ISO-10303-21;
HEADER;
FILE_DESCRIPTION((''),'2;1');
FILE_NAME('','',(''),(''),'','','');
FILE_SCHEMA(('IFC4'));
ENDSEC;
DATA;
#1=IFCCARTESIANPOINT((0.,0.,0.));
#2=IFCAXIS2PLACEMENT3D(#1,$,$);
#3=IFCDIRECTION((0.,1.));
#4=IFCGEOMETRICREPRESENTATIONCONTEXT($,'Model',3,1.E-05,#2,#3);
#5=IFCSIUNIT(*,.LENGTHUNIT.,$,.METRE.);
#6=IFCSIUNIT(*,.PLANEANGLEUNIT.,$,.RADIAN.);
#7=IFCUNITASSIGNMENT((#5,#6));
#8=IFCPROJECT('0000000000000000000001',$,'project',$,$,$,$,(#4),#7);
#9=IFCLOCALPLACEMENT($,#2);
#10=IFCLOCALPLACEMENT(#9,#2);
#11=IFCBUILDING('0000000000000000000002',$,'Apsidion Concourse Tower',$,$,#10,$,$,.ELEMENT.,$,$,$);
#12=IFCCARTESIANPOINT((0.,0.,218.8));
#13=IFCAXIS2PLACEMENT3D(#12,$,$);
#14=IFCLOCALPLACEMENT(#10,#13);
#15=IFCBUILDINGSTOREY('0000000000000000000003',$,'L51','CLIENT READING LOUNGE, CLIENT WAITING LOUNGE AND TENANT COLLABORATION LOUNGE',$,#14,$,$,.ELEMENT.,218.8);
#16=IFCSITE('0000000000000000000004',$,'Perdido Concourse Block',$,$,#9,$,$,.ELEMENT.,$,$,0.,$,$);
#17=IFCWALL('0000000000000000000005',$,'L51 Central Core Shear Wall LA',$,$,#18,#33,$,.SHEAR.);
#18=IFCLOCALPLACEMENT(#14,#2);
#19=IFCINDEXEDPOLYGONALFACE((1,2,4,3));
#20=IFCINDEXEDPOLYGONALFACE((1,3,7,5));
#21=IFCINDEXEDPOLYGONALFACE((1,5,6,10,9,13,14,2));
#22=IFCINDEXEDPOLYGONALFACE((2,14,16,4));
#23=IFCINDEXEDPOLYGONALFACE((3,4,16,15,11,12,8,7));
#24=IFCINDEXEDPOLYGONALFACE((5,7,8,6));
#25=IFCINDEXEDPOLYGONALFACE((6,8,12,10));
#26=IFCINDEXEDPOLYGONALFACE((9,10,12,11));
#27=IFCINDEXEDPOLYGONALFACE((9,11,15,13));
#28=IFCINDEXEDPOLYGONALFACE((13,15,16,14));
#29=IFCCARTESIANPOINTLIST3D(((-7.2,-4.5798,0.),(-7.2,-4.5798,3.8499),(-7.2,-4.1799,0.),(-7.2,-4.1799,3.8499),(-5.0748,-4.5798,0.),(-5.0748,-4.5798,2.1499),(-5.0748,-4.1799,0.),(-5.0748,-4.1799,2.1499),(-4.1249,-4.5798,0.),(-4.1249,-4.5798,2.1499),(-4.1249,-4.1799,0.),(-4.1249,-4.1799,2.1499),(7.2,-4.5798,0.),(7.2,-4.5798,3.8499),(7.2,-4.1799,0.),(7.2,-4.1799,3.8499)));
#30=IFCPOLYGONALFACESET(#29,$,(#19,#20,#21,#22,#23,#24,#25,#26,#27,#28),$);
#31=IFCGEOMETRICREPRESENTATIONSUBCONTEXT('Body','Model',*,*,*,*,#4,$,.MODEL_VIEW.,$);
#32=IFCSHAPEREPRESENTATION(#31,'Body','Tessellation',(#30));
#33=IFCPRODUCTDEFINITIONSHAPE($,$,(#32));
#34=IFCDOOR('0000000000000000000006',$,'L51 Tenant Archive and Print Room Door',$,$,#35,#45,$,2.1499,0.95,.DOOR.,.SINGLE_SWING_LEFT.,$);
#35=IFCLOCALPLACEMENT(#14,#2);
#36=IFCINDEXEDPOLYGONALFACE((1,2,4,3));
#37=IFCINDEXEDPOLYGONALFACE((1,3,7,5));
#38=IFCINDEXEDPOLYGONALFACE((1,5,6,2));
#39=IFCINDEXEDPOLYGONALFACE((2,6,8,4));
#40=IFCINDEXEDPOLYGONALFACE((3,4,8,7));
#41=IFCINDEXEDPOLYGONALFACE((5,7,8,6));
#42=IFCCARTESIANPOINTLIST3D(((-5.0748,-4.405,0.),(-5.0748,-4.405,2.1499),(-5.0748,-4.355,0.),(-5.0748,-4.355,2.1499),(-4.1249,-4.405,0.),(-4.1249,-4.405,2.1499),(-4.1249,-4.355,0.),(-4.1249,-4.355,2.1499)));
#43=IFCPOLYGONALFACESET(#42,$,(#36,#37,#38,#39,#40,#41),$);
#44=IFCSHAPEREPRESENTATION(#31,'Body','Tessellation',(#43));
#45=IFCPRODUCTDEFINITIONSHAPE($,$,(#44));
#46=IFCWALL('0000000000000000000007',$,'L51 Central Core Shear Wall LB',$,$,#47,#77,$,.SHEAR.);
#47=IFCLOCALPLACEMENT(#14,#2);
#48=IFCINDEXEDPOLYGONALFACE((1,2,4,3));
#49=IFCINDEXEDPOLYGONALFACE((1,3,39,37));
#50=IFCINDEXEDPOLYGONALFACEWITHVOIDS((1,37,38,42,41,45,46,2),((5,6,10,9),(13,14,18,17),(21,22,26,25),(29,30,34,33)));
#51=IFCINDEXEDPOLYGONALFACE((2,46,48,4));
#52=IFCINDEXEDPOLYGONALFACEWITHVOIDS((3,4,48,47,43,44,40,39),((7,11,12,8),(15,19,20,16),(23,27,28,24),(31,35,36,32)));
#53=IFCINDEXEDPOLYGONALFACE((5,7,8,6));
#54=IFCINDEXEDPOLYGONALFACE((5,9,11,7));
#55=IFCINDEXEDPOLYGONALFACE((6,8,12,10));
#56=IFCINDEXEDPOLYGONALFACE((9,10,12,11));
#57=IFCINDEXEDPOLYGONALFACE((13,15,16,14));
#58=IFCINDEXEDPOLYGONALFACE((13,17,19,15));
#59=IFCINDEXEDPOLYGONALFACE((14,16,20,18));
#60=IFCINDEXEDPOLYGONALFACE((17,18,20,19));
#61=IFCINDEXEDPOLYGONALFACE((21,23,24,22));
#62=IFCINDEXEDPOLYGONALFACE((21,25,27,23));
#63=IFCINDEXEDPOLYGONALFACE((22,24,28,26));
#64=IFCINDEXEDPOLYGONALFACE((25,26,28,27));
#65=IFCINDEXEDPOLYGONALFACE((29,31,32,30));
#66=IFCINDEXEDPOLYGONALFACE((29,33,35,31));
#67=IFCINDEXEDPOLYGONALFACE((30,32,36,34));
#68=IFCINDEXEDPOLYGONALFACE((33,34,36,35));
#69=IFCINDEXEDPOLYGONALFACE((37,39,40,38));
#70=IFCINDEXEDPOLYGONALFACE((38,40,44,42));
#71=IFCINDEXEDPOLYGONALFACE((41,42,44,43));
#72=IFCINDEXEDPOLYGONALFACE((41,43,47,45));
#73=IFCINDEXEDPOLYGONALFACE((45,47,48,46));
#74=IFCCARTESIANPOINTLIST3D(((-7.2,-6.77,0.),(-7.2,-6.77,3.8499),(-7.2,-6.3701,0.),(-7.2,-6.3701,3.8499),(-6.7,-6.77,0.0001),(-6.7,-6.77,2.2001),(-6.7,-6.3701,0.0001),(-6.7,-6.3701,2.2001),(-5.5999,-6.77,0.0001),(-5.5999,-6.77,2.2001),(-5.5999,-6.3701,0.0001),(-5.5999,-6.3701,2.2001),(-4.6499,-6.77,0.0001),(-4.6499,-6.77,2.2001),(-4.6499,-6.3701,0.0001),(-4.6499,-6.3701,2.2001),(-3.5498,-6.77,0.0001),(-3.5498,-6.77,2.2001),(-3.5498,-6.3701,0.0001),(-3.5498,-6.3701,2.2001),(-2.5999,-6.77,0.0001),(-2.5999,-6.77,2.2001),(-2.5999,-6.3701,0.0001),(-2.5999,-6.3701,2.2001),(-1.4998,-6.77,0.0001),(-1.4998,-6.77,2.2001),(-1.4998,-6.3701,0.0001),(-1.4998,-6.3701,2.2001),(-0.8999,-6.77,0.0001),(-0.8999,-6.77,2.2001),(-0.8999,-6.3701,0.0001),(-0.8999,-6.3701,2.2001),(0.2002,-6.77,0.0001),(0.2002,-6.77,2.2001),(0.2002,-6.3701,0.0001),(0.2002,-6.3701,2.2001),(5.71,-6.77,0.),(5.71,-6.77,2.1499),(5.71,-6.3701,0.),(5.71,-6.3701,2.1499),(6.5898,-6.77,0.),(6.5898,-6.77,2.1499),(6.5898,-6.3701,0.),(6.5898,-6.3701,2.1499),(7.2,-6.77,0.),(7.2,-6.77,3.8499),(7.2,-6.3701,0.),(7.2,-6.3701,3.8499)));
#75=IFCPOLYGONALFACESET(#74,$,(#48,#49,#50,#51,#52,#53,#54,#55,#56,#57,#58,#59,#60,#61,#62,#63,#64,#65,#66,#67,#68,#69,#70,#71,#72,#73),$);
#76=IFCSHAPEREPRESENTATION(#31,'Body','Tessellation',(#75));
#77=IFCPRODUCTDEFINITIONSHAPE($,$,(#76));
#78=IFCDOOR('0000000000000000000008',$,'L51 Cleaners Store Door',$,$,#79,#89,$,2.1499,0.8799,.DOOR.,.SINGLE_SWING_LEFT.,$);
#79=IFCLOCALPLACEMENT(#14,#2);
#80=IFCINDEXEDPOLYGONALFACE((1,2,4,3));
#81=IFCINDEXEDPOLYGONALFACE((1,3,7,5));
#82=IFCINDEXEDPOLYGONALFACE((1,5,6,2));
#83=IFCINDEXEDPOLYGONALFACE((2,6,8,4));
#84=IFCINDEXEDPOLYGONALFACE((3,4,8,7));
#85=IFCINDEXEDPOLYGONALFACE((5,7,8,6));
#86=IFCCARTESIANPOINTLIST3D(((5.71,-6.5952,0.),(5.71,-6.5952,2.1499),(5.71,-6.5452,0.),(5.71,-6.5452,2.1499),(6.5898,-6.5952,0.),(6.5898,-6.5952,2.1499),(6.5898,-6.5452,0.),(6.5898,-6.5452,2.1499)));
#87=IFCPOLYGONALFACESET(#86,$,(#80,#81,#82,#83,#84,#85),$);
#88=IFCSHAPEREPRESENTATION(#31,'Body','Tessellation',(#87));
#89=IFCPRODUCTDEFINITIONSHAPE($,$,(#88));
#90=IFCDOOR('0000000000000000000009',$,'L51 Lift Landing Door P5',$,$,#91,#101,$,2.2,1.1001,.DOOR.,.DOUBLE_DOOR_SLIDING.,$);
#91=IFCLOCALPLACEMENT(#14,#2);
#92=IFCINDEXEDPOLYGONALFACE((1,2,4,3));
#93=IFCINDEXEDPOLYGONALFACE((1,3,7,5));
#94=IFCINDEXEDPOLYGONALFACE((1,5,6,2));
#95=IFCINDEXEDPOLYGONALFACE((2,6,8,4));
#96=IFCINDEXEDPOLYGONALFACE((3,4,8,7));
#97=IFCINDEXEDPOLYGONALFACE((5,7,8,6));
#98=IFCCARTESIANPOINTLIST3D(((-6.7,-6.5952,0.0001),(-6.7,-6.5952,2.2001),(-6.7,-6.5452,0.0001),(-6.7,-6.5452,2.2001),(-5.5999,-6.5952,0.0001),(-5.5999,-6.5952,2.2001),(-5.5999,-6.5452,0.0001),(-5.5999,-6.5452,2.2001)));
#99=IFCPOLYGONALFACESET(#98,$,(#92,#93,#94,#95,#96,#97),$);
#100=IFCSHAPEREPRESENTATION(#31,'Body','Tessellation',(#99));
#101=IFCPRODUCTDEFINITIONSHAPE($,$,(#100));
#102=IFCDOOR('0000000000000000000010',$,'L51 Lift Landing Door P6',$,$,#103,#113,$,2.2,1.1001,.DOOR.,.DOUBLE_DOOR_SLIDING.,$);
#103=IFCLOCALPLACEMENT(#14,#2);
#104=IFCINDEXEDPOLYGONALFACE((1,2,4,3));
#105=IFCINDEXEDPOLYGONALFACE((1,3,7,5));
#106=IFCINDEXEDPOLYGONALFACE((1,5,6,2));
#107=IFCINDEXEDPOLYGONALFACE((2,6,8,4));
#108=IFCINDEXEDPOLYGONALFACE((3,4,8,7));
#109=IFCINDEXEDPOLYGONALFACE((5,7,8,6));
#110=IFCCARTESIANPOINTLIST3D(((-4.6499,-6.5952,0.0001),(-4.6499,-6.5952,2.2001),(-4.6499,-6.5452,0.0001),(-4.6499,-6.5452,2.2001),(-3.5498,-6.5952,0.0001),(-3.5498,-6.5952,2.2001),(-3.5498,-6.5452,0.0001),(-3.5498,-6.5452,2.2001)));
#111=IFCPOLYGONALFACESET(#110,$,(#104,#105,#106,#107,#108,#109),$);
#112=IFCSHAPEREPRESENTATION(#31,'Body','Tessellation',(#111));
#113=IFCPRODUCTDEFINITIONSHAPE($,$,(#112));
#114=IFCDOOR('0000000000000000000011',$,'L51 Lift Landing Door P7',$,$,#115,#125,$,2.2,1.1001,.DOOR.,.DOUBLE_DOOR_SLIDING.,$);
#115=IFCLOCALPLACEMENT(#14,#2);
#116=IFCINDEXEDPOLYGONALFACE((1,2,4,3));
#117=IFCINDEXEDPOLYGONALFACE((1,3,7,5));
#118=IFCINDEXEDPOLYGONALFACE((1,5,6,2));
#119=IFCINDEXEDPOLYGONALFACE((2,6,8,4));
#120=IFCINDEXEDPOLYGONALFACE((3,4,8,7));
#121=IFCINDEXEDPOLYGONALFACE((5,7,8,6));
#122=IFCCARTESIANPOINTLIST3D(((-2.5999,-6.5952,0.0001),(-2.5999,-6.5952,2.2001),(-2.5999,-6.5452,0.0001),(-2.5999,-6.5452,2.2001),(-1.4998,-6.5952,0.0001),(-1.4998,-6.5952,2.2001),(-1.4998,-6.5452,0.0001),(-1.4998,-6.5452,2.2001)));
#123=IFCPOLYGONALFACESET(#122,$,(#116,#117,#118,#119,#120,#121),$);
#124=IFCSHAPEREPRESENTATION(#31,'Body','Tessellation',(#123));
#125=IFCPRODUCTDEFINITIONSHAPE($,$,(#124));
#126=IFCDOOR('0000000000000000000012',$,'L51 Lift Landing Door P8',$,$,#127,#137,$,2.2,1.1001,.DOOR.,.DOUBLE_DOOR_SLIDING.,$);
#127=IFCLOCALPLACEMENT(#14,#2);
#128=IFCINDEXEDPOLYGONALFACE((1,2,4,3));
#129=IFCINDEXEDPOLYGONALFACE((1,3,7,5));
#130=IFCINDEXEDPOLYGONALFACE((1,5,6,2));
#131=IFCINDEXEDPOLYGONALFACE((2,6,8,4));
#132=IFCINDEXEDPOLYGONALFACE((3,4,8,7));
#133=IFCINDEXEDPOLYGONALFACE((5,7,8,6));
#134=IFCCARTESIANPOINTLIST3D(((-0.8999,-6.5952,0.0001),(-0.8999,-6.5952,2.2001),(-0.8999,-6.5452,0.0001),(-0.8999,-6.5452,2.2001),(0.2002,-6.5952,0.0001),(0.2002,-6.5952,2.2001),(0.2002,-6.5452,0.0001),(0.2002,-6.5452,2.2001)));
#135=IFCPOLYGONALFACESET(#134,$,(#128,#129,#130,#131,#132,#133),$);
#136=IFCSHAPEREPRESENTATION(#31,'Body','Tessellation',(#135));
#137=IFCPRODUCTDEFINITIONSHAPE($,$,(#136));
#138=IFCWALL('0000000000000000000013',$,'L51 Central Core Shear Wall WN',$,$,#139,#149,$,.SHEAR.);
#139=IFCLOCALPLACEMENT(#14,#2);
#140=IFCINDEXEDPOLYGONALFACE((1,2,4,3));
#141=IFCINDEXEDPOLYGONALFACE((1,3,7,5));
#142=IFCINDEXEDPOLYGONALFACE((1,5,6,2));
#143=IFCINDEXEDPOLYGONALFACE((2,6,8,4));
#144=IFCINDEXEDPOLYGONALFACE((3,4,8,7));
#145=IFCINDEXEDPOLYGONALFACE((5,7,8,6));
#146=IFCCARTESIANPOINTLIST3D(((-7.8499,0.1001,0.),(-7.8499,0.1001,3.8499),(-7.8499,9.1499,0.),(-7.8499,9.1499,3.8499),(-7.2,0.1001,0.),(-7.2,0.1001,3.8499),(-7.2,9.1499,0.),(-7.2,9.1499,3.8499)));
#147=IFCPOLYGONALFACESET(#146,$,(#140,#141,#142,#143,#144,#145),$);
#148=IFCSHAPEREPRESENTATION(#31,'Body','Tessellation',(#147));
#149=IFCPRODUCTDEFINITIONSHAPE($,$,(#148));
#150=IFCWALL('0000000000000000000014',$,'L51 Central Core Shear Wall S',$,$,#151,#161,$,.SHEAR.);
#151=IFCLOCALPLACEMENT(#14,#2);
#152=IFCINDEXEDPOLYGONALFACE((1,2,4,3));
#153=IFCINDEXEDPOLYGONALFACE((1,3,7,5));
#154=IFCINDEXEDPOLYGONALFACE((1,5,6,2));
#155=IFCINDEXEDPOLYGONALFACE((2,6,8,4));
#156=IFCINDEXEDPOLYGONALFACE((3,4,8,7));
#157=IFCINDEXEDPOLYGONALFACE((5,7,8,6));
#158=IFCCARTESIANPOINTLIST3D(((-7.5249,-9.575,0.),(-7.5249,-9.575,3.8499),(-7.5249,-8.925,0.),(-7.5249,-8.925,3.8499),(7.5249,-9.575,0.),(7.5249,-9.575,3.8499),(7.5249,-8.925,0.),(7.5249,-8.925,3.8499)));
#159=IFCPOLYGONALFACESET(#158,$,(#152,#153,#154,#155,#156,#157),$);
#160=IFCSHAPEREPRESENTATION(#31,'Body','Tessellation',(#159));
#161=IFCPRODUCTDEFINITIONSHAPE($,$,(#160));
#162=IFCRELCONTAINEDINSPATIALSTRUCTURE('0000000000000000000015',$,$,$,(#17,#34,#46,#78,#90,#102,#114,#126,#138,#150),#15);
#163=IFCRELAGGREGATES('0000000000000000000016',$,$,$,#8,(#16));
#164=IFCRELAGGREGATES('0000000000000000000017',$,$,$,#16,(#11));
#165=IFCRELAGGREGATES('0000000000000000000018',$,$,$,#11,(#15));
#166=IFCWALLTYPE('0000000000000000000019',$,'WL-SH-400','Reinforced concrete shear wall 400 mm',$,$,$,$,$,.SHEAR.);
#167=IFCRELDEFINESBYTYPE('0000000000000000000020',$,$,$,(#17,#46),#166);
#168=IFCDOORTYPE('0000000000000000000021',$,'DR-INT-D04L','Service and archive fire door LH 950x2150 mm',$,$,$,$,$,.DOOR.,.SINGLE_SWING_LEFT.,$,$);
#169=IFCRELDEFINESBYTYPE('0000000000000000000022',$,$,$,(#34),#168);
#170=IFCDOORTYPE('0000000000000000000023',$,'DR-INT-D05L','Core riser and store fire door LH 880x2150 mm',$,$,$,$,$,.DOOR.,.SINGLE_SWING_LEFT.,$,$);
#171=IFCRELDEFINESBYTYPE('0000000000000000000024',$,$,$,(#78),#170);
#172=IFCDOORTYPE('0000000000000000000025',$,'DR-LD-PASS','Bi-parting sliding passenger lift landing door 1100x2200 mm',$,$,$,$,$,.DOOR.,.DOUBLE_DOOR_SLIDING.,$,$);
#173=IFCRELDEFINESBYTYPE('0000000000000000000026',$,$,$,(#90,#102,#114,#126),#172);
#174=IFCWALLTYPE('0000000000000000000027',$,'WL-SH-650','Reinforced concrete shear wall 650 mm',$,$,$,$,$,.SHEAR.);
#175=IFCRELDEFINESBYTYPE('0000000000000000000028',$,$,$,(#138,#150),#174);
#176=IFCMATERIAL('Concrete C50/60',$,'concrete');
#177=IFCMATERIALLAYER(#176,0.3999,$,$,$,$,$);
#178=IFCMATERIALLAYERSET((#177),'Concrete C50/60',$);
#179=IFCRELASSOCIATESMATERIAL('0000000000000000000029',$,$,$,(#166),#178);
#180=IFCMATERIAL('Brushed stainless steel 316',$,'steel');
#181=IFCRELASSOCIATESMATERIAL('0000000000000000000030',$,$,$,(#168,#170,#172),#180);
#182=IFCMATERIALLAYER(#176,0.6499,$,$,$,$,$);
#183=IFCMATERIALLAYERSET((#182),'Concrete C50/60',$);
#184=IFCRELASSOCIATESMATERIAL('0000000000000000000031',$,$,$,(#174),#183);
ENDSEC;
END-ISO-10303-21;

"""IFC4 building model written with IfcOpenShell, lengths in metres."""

from ifc_helpers import new_model, si_unit, direction, frame, frame_2d, origin, place, context, subcontext, project, spatial, rectangle, extrude, material, layer, layer_set, type_object, element, fill, save


model = new_model("IFC4")

# Units and contexts
model_context = context("Model", 3, precision=1e-05, world=origin(), true_north=direction((0.0, 1.0)))
body_context = subcontext(model_context, "Body", "Model", "MODEL_VIEW")
ifc_project = project(units=[si_unit("LENGTHUNIT", "METRE"), si_unit("PLANEANGLEUNIT", "RADIAN")], contexts=[model_context])

# Site, building, storey
site_placement = place(None, origin())
site = spatial("IfcSite", under=ifc_project, at=site_placement, Name="Perdido Concourse Block", CompositionType="ELEMENT", RefElevation=0.0)
building_placement = place(site_placement, origin())
building = spatial("IfcBuilding", under=site, at=building_placement, Name="Apsidion Concourse Tower", CompositionType="ELEMENT")
storey_placement = place(building_placement, frame((0.0, 0.0, 218.8)))
storey = spatial("IfcBuildingStorey", under=building, at=storey_placement, Name="L51", Description="CLIENT READING LOUNGE, CLIENT WAITING LOUNGE AND TENANT COLLABORATION LOUNGE", CompositionType="ELEMENT", Elevation=218.8)

# Shared definitions
ifc_material_1 = material(Name="Concrete C50/60", Category="concrete")

# Shared definitions
ifc_material_2 = material(Name="Brushed stainless steel 316", Category="steel")

# Shared definitions
ifc_layer_1 = layer(ifc_material_1, 0.3999)
ifc_layer_set_1 = layer_set([ifc_layer_1], Name="Concrete C50/60")
wall_type_1 = type_object("IfcWallType", Name="WL-SH-400", Description="Reinforced concrete shear wall 400 mm", PredefinedType="SHEAR", material=ifc_layer_set_1)

# Wall, opening, door
wall_1_placement = place(storey_placement, frame((-7.2, -4.3799, 0.0), z_axis=(0.0, 0.0, 1.0), x_axis=(1.0, 0.0, 0.0)))
wall_1 = element("IfcWall", 1, at=wall_1_placement, inside=storey, type_object=wall_type_1, Name="L51 Central Core Shear Wall LA", PredefinedType="SHEAR", context=body_context, shape_type="SweptSolid", body=[
    extrude(rectangle(XDim=14.3999, YDim=0.3999, at=frame_2d((7.2, 0.0))), origin(), (0.0, 0.0, 1.0), 3.8499),
])
opening_1_placement = place(wall_1_placement, frame((2.125, 0.0, 0.0)))
opening_1 = element("IfcOpeningElement", 2, at=opening_1_placement, cuts=wall_1, PredefinedType="OPENING", context=body_context, shape_type="SweptSolid", body=[
    extrude(rectangle(XDim=0.95, YDim=2.1499, at=frame_2d((0.4751, 1.075))), frame((0.0, 0.21, 0.0), z_axis=(0.0, -1.0, 0.0), x_axis=(1.0, 0.0, 0.0)), (0.0, 0.0, 1.0), 0.4199),
])
door_type_1 = type_object("IfcDoorType", Name="DR-INT-D04L", Description="Service and archive fire door LH 950x2150 mm", OperationType="SINGLE_SWING_LEFT", PredefinedType="DOOR", material=ifc_material_2)
door_1_placement = place(opening_1_placement, origin())
door_1 = element("IfcDoor", 3, at=door_1_placement, inside=storey, type_object=door_type_1, Name="L51 Tenant Archive and Print Room Door", OperationType="SINGLE_SWING_LEFT", OverallHeight=2.1499, OverallWidth=0.95, PredefinedType="DOOR", context=body_context, shape_type="SweptSolid", body=[
    extrude(rectangle(XDim=0.95, YDim=2.1499, at=frame_2d((0.4751, 1.075))), frame((0.0, 0.0249, 0.0), z_axis=(0.0, -1.0, 0.0), x_axis=(1.0, 0.0, 0.0)), (0.0, 0.0, 1.0), 0.05),
])
fill(opening_1, door_1)

# Wall, openings, doors
wall_2_placement = place(storey_placement, frame((-7.2, -6.5701, 0.0), z_axis=(0.0, 0.0, 1.0), x_axis=(1.0, 0.0, 0.0)))
wall_2 = element("IfcWall", 4, at=wall_2_placement, inside=storey, type_object=wall_type_1, Name="L51 Central Core Shear Wall LB", PredefinedType="SHEAR", context=body_context, shape_type="SweptSolid", body=[
    extrude(rectangle(XDim=14.3999, YDim=0.3999, at=frame_2d((7.2, 0.0))), origin(), (0.0, 0.0, 1.0), 3.8499),
])
opening_2_placement = place(wall_2_placement, frame((0.5, 0.0, 0.0)))
opening_2 = element("IfcOpeningElement", 5, at=opening_2_placement, cuts=wall_2, PredefinedType="OPENING", context=body_context, shape_type="SweptSolid", body=[
    extrude(rectangle(XDim=1.1001, YDim=2.2, at=frame_2d((0.55, 1.1001))), frame((0.0, 0.21, 0.0), z_axis=(0.0, -1.0, 0.0), x_axis=(1.0, 0.0, 0.0)), (0.0, 0.0, 1.0), 0.4199),
])
opening_3_placement = place(wall_2_placement, frame((2.55, 0.0, 0.0)))
opening_3 = element("IfcOpeningElement", 6, at=opening_3_placement, cuts=wall_2, PredefinedType="OPENING", context=body_context, shape_type="SweptSolid", body=[
    extrude(rectangle(XDim=1.1001, YDim=2.2, at=frame_2d((0.55, 1.1001))), frame((0.0, 0.21, 0.0), z_axis=(0.0, -1.0, 0.0), x_axis=(1.0, 0.0, 0.0)), (0.0, 0.0, 1.0), 0.4199),
])
opening_4_placement = place(wall_2_placement, frame((4.6001, 0.0, 0.0)))
opening_4 = element("IfcOpeningElement", 7, at=opening_4_placement, cuts=wall_2, PredefinedType="OPENING", context=body_context, shape_type="SweptSolid", body=[
    extrude(rectangle(XDim=1.1001, YDim=2.2, at=frame_2d((0.55, 1.1001))), frame((0.0, 0.21, 0.0), z_axis=(0.0, -1.0, 0.0), x_axis=(1.0, 0.0, 0.0)), (0.0, 0.0, 1.0), 0.4199),
])
opening_5_placement = place(wall_2_placement, frame((6.3, 0.0, 0.0)))
opening_5 = element("IfcOpeningElement", 8, at=opening_5_placement, cuts=wall_2, PredefinedType="OPENING", context=body_context, shape_type="SweptSolid", body=[
    extrude(rectangle(XDim=1.1001, YDim=2.2, at=frame_2d((0.55, 1.1001))), frame((0.0, 0.21, 0.0), z_axis=(0.0, -1.0, 0.0), x_axis=(1.0, 0.0, 0.0)), (0.0, 0.0, 1.0), 0.4199),
])
opening_6_placement = place(wall_2_placement, frame((12.9099, 0.0, 0.0)))
opening_6 = element("IfcOpeningElement", 9, at=opening_6_placement, cuts=wall_2, PredefinedType="OPENING", context=body_context, shape_type="SweptSolid", body=[
    extrude(rectangle(XDim=0.8799, YDim=2.1499, at=frame_2d((0.4399, 1.075))), frame((0.0, 0.21, 0.0), z_axis=(0.0, -1.0, 0.0), x_axis=(1.0, 0.0, 0.0)), (0.0, 0.0, 1.0), 0.4199),
])
door_type_2 = type_object("IfcDoorType", Name="DR-INT-D05L", Description="Core riser and store fire door LH 880x2150 mm", OperationType="SINGLE_SWING_LEFT", PredefinedType="DOOR", material=ifc_material_2)
door_2_placement = place(opening_6_placement, origin())
door_2 = element("IfcDoor", 10, at=door_2_placement, inside=storey, type_object=door_type_2, Name="L51 Cleaners Store Door", OperationType="SINGLE_SWING_LEFT", OverallHeight=2.1499, OverallWidth=0.8799, PredefinedType="DOOR", context=body_context, shape_type="SweptSolid", body=[
    extrude(rectangle(XDim=0.8799, YDim=2.1499, at=frame_2d((0.4399, 1.075))), frame((0.0, 0.0249, 0.0), z_axis=(0.0, -1.0, 0.0), x_axis=(1.0, 0.0, 0.0)), (0.0, 0.0, 1.0), 0.05),
])
fill(opening_6, door_2)
door_type_3 = type_object("IfcDoorType", Name="DR-LD-PASS", Description="Bi-parting sliding passenger lift landing door 1100x2200 mm", OperationType="DOUBLE_DOOR_SLIDING", PredefinedType="DOOR", material=ifc_material_2)
door_3_placement = place(opening_2_placement, origin())
door_3 = element("IfcDoor", 11, at=door_3_placement, inside=storey, type_object=door_type_3, Name="L51 Lift Landing Door P5", OperationType="DOUBLE_DOOR_SLIDING", OverallHeight=2.2, OverallWidth=1.1001, PredefinedType="DOOR", context=body_context, shape_type="SweptSolid", body=[
    extrude(rectangle(XDim=1.1001, YDim=2.2, at=frame_2d((0.55, 1.1001))), frame((0.0, 0.0249, 0.0), z_axis=(0.0, -1.0, 0.0), x_axis=(1.0, 0.0, 0.0)), (0.0, 0.0, 1.0), 0.05),
])
fill(opening_2, door_3)
door_4_placement = place(opening_3_placement, origin())
door_4 = element("IfcDoor", 12, at=door_4_placement, inside=storey, type_object=door_type_3, Name="L51 Lift Landing Door P6", OperationType="DOUBLE_DOOR_SLIDING", OverallHeight=2.2, OverallWidth=1.1001, PredefinedType="DOOR", context=body_context, shape_type="SweptSolid", body=[
    extrude(rectangle(XDim=1.1001, YDim=2.2, at=frame_2d((0.55, 1.1001))), frame((0.0, 0.0249, 0.0), z_axis=(0.0, -1.0, 0.0), x_axis=(1.0, 0.0, 0.0)), (0.0, 0.0, 1.0), 0.05),
])
fill(opening_3, door_4)
door_5_placement = place(opening_4_placement, origin())
door_5 = element("IfcDoor", 13, at=door_5_placement, inside=storey, type_object=door_type_3, Name="L51 Lift Landing Door P7", OperationType="DOUBLE_DOOR_SLIDING", OverallHeight=2.2, OverallWidth=1.1001, PredefinedType="DOOR", context=body_context, shape_type="SweptSolid", body=[
    extrude(rectangle(XDim=1.1001, YDim=2.2, at=frame_2d((0.55, 1.1001))), frame((0.0, 0.0249, 0.0), z_axis=(0.0, -1.0, 0.0), x_axis=(1.0, 0.0, 0.0)), (0.0, 0.0, 1.0), 0.05),
])
fill(opening_4, door_5)
door_6_placement = place(opening_5_placement, origin())
door_6 = element("IfcDoor", 14, at=door_6_placement, inside=storey, type_object=door_type_3, Name="L51 Lift Landing Door P8", OperationType="DOUBLE_DOOR_SLIDING", OverallHeight=2.2, OverallWidth=1.1001, PredefinedType="DOOR", context=body_context, shape_type="SweptSolid", body=[
    extrude(rectangle(XDim=1.1001, YDim=2.2, at=frame_2d((0.55, 1.1001))), frame((0.0, 0.0249, 0.0), z_axis=(0.0, -1.0, 0.0), x_axis=(1.0, 0.0, 0.0)), (0.0, 0.0, 1.0), 0.05),
])
fill(opening_5, door_6)

# Wall
ifc_layer_2 = layer(ifc_material_1, 0.6499)
ifc_layer_set_2 = layer_set([ifc_layer_2], Name="Concrete C50/60")
wall_type_2 = type_object("IfcWallType", Name="WL-SH-650", Description="Reinforced concrete shear wall 650 mm", PredefinedType="SHEAR", material=ifc_layer_set_2)
wall_3_placement = place(storey_placement, frame((-7.5249, 0.1001, 0.0), z_axis=(0.0, 0.0, 1.0), x_axis=(0.0, 1.0, 0.0)))
element("IfcWall", 15, at=wall_3_placement, inside=storey, type_object=wall_type_2, Name="L51 Central Core Shear Wall WN", PredefinedType="SHEAR", context=body_context, shape_type="SweptSolid", body=[
    extrude(rectangle(XDim=9.0498, YDim=0.6499, at=frame_2d((4.5249, 0.0))), origin(), (0.0, 0.0, 1.0), 3.8499),
])

# Wall
wall_4_placement = place(storey_placement, frame((-7.5249, -9.25, 0.0), z_axis=(0.0, 0.0, 1.0), x_axis=(1.0, 0.0, 0.0)))
element("IfcWall", 16, at=wall_4_placement, inside=storey, type_object=wall_type_2, Name="L51 Central Core Shear Wall S", PredefinedType="SHEAR", context=body_context, shape_type="SweptSolid", body=[
    extrude(rectangle(XDim=15.0498, YDim=0.6499, at=frame_2d((7.5249, 0.0))), origin(), (0.0, 0.0, 1.0), 3.8499),
])

save(model, "model.ifc")
